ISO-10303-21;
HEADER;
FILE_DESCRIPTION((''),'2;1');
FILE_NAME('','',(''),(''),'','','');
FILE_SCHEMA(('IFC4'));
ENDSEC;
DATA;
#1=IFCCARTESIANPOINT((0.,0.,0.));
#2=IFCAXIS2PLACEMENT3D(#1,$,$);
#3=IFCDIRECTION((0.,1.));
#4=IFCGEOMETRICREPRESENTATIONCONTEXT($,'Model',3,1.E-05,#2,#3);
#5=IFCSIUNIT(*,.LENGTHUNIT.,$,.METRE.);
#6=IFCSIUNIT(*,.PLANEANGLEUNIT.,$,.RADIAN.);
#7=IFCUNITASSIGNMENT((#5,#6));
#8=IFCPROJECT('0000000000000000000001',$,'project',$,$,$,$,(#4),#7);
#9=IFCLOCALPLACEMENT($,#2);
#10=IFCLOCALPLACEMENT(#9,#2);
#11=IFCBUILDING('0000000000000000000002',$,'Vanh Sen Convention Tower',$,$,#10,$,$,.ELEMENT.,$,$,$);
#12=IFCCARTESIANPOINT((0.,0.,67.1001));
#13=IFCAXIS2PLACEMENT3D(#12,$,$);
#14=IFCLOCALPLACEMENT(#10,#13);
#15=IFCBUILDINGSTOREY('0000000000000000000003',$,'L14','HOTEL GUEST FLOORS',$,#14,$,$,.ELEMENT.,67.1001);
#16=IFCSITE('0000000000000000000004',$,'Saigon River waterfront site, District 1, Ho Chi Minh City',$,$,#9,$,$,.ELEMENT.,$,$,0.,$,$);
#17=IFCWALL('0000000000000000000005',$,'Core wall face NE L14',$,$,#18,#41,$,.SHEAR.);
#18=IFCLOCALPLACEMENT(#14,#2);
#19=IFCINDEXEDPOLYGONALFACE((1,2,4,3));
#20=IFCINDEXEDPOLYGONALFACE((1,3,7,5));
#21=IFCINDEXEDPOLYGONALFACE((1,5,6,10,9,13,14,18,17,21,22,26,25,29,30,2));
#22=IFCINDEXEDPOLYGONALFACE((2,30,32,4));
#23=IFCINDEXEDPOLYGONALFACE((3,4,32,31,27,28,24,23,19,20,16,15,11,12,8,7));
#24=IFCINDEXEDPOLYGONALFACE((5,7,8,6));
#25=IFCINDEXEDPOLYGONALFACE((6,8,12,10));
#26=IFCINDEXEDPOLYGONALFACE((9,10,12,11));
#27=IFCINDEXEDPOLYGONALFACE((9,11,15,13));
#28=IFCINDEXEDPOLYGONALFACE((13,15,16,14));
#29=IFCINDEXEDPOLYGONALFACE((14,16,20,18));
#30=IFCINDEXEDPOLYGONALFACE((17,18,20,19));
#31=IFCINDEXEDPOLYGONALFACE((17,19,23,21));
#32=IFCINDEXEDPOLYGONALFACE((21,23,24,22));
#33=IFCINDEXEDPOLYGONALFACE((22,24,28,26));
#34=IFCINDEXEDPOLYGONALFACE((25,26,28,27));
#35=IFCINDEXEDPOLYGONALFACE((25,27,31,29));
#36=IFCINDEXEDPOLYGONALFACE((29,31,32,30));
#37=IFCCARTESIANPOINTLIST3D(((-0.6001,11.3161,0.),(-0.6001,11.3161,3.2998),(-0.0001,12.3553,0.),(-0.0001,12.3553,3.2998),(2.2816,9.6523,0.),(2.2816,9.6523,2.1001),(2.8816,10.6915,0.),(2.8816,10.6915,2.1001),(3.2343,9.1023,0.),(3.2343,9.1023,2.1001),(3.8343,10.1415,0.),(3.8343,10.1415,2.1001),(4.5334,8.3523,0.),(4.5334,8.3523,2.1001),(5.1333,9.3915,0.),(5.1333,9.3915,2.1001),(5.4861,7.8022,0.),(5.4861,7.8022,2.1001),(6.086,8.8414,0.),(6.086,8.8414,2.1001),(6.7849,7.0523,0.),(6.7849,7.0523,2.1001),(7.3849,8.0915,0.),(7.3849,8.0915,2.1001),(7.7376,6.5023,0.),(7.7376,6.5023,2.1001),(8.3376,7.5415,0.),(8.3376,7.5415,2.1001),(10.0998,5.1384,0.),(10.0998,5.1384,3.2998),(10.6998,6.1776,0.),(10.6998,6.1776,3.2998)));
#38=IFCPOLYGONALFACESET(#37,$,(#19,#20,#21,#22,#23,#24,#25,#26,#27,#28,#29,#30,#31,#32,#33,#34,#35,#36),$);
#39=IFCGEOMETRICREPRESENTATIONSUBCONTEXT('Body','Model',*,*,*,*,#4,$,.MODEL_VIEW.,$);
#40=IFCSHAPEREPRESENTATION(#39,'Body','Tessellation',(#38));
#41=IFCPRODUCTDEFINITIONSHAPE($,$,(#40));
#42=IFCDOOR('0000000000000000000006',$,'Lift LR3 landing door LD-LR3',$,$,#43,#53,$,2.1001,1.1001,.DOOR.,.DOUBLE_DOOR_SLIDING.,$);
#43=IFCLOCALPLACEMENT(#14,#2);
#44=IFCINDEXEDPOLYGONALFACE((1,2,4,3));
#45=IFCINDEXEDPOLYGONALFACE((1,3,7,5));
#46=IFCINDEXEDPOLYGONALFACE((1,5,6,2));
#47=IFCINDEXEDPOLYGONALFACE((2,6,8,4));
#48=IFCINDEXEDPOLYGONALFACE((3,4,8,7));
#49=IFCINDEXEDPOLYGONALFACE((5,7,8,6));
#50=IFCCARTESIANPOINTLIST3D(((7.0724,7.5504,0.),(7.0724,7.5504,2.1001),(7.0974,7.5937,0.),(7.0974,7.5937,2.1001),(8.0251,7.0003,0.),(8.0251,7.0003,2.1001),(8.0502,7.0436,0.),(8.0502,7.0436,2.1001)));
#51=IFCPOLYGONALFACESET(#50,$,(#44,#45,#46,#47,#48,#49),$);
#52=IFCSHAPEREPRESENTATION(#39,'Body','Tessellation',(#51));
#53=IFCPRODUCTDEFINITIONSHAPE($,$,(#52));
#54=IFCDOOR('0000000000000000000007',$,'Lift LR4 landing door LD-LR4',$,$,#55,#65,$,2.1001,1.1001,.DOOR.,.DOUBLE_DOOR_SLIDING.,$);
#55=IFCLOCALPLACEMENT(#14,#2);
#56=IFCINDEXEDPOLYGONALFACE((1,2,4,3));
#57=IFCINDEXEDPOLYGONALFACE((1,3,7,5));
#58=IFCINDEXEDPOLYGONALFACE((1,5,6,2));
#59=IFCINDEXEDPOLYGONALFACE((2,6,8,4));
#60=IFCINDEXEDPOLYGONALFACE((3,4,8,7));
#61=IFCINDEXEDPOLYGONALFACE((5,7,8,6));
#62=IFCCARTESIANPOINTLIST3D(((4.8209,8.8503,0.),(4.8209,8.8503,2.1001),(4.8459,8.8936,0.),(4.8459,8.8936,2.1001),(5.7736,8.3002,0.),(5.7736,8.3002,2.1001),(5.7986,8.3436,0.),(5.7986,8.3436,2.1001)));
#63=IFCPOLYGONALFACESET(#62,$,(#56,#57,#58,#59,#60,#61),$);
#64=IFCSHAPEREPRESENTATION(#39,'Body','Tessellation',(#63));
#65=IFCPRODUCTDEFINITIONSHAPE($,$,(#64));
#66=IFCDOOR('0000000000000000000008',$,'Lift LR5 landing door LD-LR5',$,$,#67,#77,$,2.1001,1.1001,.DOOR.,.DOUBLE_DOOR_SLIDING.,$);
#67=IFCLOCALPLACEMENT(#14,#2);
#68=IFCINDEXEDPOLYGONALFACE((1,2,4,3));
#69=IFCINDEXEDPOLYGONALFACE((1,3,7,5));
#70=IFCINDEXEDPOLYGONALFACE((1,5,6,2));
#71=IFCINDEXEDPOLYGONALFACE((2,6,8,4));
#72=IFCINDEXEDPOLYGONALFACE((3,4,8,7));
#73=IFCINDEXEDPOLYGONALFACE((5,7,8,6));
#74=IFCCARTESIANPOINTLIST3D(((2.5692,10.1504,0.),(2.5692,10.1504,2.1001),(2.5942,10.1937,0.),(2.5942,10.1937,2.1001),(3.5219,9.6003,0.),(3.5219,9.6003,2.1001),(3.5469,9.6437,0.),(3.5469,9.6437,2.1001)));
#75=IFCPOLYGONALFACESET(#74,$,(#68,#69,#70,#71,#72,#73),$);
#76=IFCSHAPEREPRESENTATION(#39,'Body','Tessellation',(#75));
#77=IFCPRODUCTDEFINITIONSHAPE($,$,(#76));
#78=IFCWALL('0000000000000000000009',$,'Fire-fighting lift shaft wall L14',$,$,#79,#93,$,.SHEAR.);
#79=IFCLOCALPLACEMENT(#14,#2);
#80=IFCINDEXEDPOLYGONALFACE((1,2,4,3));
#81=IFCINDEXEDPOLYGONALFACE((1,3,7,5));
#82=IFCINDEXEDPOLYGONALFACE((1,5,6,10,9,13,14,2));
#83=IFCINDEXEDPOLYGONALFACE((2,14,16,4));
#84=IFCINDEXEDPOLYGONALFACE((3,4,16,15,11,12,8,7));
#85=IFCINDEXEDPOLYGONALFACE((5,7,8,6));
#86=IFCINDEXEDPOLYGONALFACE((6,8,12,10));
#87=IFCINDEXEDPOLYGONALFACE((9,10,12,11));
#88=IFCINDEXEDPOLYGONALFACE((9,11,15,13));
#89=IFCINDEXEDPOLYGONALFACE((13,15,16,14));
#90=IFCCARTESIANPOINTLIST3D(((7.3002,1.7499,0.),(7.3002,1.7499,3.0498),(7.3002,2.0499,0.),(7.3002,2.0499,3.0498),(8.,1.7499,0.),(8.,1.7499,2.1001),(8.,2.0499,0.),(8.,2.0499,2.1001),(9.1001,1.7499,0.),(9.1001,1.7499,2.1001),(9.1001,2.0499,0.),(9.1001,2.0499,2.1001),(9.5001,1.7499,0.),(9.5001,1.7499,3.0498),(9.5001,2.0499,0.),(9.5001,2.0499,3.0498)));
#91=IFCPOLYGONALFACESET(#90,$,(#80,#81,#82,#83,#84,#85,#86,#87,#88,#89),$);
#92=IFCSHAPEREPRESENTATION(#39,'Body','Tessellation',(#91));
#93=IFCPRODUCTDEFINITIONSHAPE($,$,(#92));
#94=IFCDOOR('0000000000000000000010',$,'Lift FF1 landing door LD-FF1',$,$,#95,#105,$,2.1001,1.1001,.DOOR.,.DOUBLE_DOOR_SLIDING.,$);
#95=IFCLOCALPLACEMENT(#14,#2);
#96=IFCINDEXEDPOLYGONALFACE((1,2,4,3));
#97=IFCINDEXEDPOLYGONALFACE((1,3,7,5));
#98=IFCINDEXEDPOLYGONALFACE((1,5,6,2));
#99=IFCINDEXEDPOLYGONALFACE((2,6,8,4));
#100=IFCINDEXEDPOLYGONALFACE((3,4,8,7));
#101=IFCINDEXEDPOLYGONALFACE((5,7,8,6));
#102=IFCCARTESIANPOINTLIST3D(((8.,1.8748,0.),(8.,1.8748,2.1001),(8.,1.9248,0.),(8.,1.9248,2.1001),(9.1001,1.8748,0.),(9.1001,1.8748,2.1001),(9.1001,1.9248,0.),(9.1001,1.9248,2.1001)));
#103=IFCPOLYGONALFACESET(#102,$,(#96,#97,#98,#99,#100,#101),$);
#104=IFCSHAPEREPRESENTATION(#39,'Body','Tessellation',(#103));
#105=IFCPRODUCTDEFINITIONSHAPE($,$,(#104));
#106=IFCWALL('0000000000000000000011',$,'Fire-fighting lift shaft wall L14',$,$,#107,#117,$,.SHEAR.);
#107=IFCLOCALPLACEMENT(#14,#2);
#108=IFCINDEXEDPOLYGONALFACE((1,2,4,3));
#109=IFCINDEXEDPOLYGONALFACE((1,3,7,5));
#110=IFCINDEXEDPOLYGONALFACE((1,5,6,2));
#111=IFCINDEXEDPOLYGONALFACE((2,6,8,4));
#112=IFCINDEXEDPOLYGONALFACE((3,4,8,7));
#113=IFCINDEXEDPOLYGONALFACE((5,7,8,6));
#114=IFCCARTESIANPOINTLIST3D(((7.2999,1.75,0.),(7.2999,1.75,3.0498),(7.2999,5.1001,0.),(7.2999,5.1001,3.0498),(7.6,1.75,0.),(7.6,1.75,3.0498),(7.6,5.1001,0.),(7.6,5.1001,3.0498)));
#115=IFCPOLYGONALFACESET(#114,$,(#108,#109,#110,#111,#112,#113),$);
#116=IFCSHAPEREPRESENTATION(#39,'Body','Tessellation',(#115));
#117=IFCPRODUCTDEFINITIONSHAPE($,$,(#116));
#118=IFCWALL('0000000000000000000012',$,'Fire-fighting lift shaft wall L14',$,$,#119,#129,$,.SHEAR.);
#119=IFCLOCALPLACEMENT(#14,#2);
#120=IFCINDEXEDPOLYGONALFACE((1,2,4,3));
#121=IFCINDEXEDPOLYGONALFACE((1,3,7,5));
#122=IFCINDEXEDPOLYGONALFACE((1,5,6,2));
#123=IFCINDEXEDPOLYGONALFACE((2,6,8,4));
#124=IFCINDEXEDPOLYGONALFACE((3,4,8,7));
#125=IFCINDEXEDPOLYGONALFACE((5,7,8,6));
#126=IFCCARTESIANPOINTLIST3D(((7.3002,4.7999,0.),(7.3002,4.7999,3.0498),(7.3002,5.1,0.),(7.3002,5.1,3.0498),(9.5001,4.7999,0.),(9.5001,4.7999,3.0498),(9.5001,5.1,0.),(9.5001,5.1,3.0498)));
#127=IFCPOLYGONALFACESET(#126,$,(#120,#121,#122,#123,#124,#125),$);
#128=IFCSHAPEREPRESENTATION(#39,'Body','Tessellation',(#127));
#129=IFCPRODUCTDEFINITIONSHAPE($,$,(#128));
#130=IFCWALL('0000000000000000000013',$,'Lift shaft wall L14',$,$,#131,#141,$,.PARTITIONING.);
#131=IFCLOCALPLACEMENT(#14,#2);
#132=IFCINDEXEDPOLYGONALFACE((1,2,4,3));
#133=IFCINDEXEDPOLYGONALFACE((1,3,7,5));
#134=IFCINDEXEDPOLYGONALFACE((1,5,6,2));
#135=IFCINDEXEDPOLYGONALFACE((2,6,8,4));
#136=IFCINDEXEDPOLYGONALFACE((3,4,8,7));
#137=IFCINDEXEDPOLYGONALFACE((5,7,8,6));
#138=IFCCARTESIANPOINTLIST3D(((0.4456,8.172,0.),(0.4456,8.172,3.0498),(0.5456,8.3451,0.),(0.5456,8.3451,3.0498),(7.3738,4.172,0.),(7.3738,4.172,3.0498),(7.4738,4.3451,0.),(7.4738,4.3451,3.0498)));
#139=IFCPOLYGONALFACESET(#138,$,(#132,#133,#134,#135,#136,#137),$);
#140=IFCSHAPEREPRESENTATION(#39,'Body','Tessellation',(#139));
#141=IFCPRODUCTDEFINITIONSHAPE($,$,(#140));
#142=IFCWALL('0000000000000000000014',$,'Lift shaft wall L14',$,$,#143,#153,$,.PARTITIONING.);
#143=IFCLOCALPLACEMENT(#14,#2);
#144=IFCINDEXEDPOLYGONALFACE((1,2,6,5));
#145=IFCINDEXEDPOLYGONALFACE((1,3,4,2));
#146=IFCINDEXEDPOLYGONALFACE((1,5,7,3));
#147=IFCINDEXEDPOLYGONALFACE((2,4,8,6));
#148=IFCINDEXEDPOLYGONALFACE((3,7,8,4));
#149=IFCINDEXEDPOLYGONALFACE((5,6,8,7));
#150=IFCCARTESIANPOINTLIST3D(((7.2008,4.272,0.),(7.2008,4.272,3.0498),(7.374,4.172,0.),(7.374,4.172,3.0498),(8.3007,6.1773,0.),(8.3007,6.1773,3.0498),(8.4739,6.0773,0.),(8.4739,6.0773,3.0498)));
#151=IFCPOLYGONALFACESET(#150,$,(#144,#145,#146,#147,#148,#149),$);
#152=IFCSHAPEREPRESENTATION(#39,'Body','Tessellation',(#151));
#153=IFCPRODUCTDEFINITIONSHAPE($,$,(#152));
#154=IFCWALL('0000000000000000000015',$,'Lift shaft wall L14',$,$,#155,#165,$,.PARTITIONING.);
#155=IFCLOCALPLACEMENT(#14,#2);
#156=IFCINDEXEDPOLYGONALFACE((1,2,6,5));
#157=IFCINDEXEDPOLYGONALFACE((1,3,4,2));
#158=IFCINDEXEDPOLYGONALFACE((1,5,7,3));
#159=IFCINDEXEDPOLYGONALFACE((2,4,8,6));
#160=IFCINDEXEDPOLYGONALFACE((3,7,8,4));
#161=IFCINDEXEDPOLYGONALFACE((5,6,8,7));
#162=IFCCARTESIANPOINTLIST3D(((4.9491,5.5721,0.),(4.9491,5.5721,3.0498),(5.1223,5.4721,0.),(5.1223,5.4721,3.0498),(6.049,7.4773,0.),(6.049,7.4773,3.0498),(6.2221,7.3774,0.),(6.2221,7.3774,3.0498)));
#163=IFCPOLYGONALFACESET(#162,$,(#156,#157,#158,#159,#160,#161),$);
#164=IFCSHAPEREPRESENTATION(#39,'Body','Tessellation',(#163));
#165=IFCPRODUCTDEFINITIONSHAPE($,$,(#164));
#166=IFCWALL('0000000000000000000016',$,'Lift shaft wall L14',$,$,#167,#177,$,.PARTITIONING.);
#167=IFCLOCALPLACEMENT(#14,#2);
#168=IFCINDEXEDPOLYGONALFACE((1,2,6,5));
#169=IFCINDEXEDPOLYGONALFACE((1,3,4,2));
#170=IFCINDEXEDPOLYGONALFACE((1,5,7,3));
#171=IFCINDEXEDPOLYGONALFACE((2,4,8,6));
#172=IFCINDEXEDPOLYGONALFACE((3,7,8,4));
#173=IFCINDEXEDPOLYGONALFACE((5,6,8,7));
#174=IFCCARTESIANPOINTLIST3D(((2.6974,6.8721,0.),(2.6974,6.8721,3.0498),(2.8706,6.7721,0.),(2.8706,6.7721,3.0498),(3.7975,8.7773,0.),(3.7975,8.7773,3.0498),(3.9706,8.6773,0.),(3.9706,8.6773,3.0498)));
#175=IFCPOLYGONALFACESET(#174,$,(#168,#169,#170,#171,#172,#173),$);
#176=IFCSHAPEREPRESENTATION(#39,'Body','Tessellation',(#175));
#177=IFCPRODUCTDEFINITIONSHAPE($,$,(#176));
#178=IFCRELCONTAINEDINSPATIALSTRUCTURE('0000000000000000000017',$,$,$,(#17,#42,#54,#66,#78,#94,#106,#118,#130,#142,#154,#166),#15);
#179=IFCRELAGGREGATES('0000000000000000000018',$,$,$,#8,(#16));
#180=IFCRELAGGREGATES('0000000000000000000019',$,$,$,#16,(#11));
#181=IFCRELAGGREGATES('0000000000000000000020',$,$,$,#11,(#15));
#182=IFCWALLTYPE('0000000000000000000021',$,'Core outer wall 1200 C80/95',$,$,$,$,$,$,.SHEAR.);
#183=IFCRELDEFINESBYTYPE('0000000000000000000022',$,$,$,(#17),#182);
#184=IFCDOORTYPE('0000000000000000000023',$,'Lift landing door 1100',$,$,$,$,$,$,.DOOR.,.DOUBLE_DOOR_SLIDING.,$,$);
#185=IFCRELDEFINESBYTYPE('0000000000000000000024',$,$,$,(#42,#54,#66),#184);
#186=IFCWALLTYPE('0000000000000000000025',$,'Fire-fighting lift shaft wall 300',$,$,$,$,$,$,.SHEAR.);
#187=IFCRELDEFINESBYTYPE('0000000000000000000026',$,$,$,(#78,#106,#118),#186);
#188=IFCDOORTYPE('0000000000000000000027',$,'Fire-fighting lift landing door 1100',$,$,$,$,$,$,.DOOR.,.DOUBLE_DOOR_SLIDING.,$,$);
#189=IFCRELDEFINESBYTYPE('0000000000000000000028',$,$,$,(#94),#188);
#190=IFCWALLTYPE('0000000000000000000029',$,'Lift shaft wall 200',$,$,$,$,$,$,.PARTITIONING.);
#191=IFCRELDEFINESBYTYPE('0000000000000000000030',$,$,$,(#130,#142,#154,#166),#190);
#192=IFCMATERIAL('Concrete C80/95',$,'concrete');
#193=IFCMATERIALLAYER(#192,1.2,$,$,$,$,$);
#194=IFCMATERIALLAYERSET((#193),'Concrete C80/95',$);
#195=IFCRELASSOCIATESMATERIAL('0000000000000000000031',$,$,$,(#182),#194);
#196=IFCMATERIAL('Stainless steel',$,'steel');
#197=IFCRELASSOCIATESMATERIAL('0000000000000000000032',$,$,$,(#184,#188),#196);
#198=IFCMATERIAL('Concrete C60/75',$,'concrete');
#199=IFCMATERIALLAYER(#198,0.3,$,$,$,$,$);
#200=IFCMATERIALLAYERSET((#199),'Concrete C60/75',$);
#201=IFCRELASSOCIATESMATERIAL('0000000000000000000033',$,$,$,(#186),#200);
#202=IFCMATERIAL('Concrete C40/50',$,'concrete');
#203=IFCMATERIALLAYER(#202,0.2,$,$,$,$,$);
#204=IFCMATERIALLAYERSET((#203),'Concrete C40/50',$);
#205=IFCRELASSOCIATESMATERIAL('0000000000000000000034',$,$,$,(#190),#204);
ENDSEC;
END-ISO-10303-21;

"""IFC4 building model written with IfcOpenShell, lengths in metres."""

from ifc_helpers import new_model, si_unit, direction, frame, frame_2d, origin, place, context, subcontext, project, spatial, rectangle, extrude, material, layer, layer_set, type_object, element, fill, save


model = new_model("IFC4")

# Units and contexts
model_context = context("Model", 3, precision=1e-05, world=origin(), true_north=direction((0.0, 1.0)))
body_context = subcontext(model_context, "Body", "Model", "MODEL_VIEW")
ifc_project = project(units=[si_unit("LENGTHUNIT", "METRE"), si_unit("PLANEANGLEUNIT", "RADIAN")], contexts=[model_context])

# Site, building, storey
site_placement = place(None, origin())
site = spatial("IfcSite", under=ifc_project, at=site_placement, Name="Saigon River waterfront site, District 1, Ho Chi Minh City", CompositionType="ELEMENT", RefElevation=0.0)
building_placement = place(site_placement, origin())
building = spatial("IfcBuilding", under=site, at=building_placement, Name="Vanh Sen Convention Tower", CompositionType="ELEMENT")
storey_placement = place(building_placement, frame((0.0, 0.0, 67.1001)))
storey = spatial("IfcBuildingStorey", under=building, at=storey_placement, Name="L14", Description="HOTEL GUEST FLOORS", CompositionType="ELEMENT", Elevation=67.1001)

# Wall, openings, doors
ifc_material_1 = material(Name="Concrete C80/95", Category="concrete")
ifc_layer_1 = layer(ifc_material_1, 1.2)
ifc_layer_set_1 = layer_set([ifc_layer_1], Name="Concrete C80/95")
wall_type_1 = type_object("IfcWallType", Name="Core outer wall 1200 C80/95", PredefinedType="SHEAR", material=ifc_layer_set_1)
wall_1_placement = place(storey_placement, frame((10.3999, 5.658, 0.0), z_axis=(0.0, 0.0, 1.0), x_axis=(-0.866021, 0.500007, 0.0)))
wall_1 = element("IfcWall", 1, at=wall_1_placement, inside=storey, type_object=wall_type_1, Name="Core wall face NE L14", PredefinedType="SHEAR", context=body_context, shape_type="SweptSolid", body=[
    extrude(rectangle(XDim=12.3552, YDim=1.2, at=frame_2d((6.1777, 0.0))), origin(), (0.0, 0.0, 1.0), 3.2998),
])
opening_1_placement = place(wall_1_placement, frame((2.7278, 0.0, 0.0)))
opening_1 = element("IfcOpeningElement", 2, at=opening_1_placement, cuts=wall_1, PredefinedType="OPENING", context=body_context, shape_type="SweptSolid", body=[
    extrude(rectangle(XDim=1.1001, YDim=2.1001, at=frame_2d((0.55, 1.05))), frame((0.0, 0.6099, 0.0), z_axis=(0.0, -1.0, 0.0), x_axis=(1.0, 0.0, 0.0)), (0.0, 0.0, 1.0), 1.22),
])
opening_2_placement = place(wall_1_placement, frame((5.3276, 0.0, 0.0)))
opening_2 = element("IfcOpeningElement", 3, at=opening_2_placement, cuts=wall_1, PredefinedType="OPENING", context=body_context, shape_type="SweptSolid", body=[
    extrude(rectangle(XDim=1.1001, YDim=2.1001, at=frame_2d((0.55, 1.05))), frame((0.0, 0.6099, 0.0), z_axis=(0.0, -1.0, 0.0), x_axis=(1.0, 0.0, 0.0)), (0.0, 0.0, 1.0), 1.22),
])
opening_3_placement = place(wall_1_placement, frame((7.9277, 0.0, 0.0)))
opening_3 = element("IfcOpeningElement", 4, at=opening_3_placement, cuts=wall_1, PredefinedType="OPENING", context=body_context, shape_type="SweptSolid", body=[
    extrude(rectangle(XDim=1.1001, YDim=2.1001, at=frame_2d((0.55, 1.05))), frame((0.0, 0.6099, 0.0), z_axis=(0.0, -1.0, 0.0), x_axis=(1.0, 0.0, 0.0)), (0.0, 0.0, 1.0), 1.22),
])
ifc_material_2 = material(Name="Stainless steel", Category="steel")
door_type_1 = type_object("IfcDoorType", Name="Lift landing door 1100", OperationType="DOUBLE_DOOR_SLIDING", PredefinedType="DOOR", material=ifc_material_2)
door_1_placement = place(opening_1_placement, origin())
door_1 = element("IfcDoor", 5, at=door_1_placement, inside=storey, type_object=door_type_1, Name="Lift LR3 landing door LD-LR3", OperationType="DOUBLE_DOOR_SLIDING", OverallHeight=2.1001, OverallWidth=1.1001, PredefinedType="DOOR", context=body_context, shape_type="SweptSolid", body=[
    extrude(rectangle(XDim=1.1001, YDim=2.1001, at=frame_2d((0.55, 1.05))), frame((0.0, 0.0249, 0.0), z_axis=(0.0, -1.0, 0.0), x_axis=(1.0, 0.0, 0.0)), (0.0, 0.0, 1.0), 0.05),
])
fill(opening_1, door_1)
door_2_placement = place(opening_2_placement, origin())
door_2 = element("IfcDoor", 6, at=door_2_placement, inside=storey, type_object=door_type_1, Name="Lift LR4 landing door LD-LR4", OperationType="DOUBLE_DOOR_SLIDING", OverallHeight=2.1001, OverallWidth=1.1001, PredefinedType="DOOR", context=body_context, shape_type="SweptSolid", body=[
    extrude(rectangle(XDim=1.1001, YDim=2.1001, at=frame_2d((0.55, 1.05))), frame((0.0, 0.0249, 0.0), z_axis=(0.0, -1.0, 0.0), x_axis=(1.0, 0.0, 0.0)), (0.0, 0.0, 1.0), 0.05),
])
fill(opening_2, door_2)
door_3_placement = place(opening_3_placement, origin())
door_3 = element("IfcDoor", 7, at=door_3_placement, inside=storey, type_object=door_type_1, Name="Lift LR5 landing door LD-LR5", OperationType="DOUBLE_DOOR_SLIDING", OverallHeight=2.1001, OverallWidth=1.1001, PredefinedType="DOOR", context=body_context, shape_type="SweptSolid", body=[
    extrude(rectangle(XDim=1.1001, YDim=2.1001, at=frame_2d((0.55, 1.05))), frame((0.0, 0.0249, 0.0), z_axis=(0.0, -1.0, 0.0), x_axis=(1.0, 0.0, 0.0)), (0.0, 0.0, 1.0), 0.05),
])
fill(opening_3, door_3)

# Wall, opening, door
ifc_material_3 = material(Name="Concrete C60/75", Category="concrete")
ifc_layer_2 = layer(ifc_material_3, 0.3)
ifc_layer_set_2 = layer_set([ifc_layer_2], Name="Concrete C60/75")
wall_type_2 = type_object("IfcWallType", Name="Fire-fighting lift shaft wall 300", PredefinedType="SHEAR", material=ifc_layer_set_2)
wall_2_placement = place(storey_placement, frame((7.3, 1.8999, 0.0), z_axis=(0.0, 0.0, 1.0), x_axis=(1.0, 0.0, 0.0)))
wall_2 = element("IfcWall", 8, at=wall_2_placement, inside=storey, type_object=wall_type_2, Name="Fire-fighting lift shaft wall L14", PredefinedType="SHEAR", context=body_context, shape_type="SweptSolid", body=[
    extrude(rectangle(XDim=2.2, YDim=0.3, at=frame_2d((1.1001, 0.0))), origin(), (0.0, 0.0, 1.0), 3.0498),
])
opening_4_placement = place(wall_2_placement, frame((0.7, 0.0, 0.0)))
opening_4 = element("IfcOpeningElement", 9, at=opening_4_placement, cuts=wall_2, PredefinedType="OPENING", context=body_context, shape_type="SweptSolid", body=[
    extrude(rectangle(XDim=1.1001, YDim=2.1001, at=frame_2d((0.55, 1.05))), frame((0.0, 0.1599, 0.0), z_axis=(0.0, -1.0, 0.0), x_axis=(1.0, 0.0, 0.0)), (0.0, 0.0, 1.0), 0.3201),
])
door_type_2 = type_object("IfcDoorType", Name="Fire-fighting lift landing door 1100", OperationType="DOUBLE_DOOR_SLIDING", PredefinedType="DOOR", material=ifc_material_2)
door_4_placement = place(opening_4_placement, origin())
door_4 = element("IfcDoor", 10, at=door_4_placement, inside=storey, type_object=door_type_2, Name="Lift FF1 landing door LD-FF1", OperationType="DOUBLE_DOOR_SLIDING", OverallHeight=2.1001, OverallWidth=1.1001, PredefinedType="DOOR", context=body_context, shape_type="SweptSolid", body=[
    extrude(rectangle(XDim=1.1001, YDim=2.1001, at=frame_2d((0.55, 1.05))), frame((0.0, 0.0249, 0.0), z_axis=(0.0, -1.0, 0.0), x_axis=(1.0, 0.0, 0.0)), (0.0, 0.0, 1.0), 0.05),
])
fill(opening_4, door_4)

# Walls
wall_3_placement = place(storey_placement, frame((7.45, 1.75, 0.0), z_axis=(0.0, 0.0, 1.0), x_axis=(0.0, 1.0, 0.0)))
element("IfcWall", 11, at=wall_3_placement, inside=storey, type_object=wall_type_2, Name="Fire-fighting lift shaft wall L14", PredefinedType="SHEAR", context=body_context, shape_type="SweptSolid", body=[
    extrude(rectangle(XDim=3.3501, YDim=0.3, at=frame_2d((1.675, 0.0))), origin(), (0.0, 0.0, 1.0), 3.0498),
])
wall_4_placement = place(storey_placement, frame((7.3, 4.95, 0.0), z_axis=(0.0, 0.0, 1.0), x_axis=(1.0, 0.0, 0.0)))
element("IfcWall", 12, at=wall_4_placement, inside=storey, type_object=wall_type_2, Name="Fire-fighting lift shaft wall L14", PredefinedType="SHEAR", context=body_context, shape_type="SweptSolid", body=[
    extrude(rectangle(XDim=2.2, YDim=0.3, at=frame_2d((1.1001, 0.0))), origin(), (0.0, 0.0, 1.0), 3.0498),
])
ifc_material_4 = material(Name="Concrete C40/50", Category="concrete")
ifc_layer_3 = layer(ifc_material_4, 0.2)
ifc_layer_set_3 = layer_set([ifc_layer_3], Name="Concrete C40/50")
wall_type_3 = type_object("IfcWallType", Name="Lift shaft wall 200", PredefinedType="PARTITIONING", material=ifc_layer_set_3)
wall_5_placement = place(storey_placement, frame((7.4238, 4.2585, 0.0), z_axis=(0.0, 0.0, 1.0), x_axis=(-0.866026, 0.499999, 0.0)))
element("IfcWall", 13, at=wall_5_placement, inside=storey, type_object=wall_type_3, Name="Lift shaft wall L14", PredefinedType="PARTITIONING", context=body_context, shape_type="SweptSolid", body=[
    extrude(rectangle(XDim=8.0, YDim=0.2, at=frame_2d((4.0, 0.0))), origin(), (0.0, 0.0, 1.0), 3.0498),
])
for number, where, z_axis, x_axis, name in (
    (14, (7.2874, 4.2219, 0.0), (0.0, 0.0, 1.0), (0.499947, 0.866056, 0.0), "Lift shaft wall L14"),
    (15, (5.0356, 5.522, 0.0), (0.0, 0.0, 1.0), (0.499947, 0.866056, 0.0), "Lift shaft wall L14"),
    (16, (2.7839, 6.822, 0.0), (0.0, 0.0, 1.0), (0.50003, 0.866008, 0.0), "Lift shaft wall L14"),
):
    element("IfcWall", number, at=place(storey_placement, frame(where, z_axis=z_axis, x_axis=x_axis)), inside=storey, type_object=wall_type_3, Name=name, PredefinedType="PARTITIONING", context=body_context, shape_type="SweptSolid", body=[
        extrude(rectangle(XDim=2.2, YDim=0.2, at=frame_2d((1.1001, 0.0))), origin(), (0.0, 0.0, 1.0), 3.0498),
    ])

save(model, "model.ifc")
